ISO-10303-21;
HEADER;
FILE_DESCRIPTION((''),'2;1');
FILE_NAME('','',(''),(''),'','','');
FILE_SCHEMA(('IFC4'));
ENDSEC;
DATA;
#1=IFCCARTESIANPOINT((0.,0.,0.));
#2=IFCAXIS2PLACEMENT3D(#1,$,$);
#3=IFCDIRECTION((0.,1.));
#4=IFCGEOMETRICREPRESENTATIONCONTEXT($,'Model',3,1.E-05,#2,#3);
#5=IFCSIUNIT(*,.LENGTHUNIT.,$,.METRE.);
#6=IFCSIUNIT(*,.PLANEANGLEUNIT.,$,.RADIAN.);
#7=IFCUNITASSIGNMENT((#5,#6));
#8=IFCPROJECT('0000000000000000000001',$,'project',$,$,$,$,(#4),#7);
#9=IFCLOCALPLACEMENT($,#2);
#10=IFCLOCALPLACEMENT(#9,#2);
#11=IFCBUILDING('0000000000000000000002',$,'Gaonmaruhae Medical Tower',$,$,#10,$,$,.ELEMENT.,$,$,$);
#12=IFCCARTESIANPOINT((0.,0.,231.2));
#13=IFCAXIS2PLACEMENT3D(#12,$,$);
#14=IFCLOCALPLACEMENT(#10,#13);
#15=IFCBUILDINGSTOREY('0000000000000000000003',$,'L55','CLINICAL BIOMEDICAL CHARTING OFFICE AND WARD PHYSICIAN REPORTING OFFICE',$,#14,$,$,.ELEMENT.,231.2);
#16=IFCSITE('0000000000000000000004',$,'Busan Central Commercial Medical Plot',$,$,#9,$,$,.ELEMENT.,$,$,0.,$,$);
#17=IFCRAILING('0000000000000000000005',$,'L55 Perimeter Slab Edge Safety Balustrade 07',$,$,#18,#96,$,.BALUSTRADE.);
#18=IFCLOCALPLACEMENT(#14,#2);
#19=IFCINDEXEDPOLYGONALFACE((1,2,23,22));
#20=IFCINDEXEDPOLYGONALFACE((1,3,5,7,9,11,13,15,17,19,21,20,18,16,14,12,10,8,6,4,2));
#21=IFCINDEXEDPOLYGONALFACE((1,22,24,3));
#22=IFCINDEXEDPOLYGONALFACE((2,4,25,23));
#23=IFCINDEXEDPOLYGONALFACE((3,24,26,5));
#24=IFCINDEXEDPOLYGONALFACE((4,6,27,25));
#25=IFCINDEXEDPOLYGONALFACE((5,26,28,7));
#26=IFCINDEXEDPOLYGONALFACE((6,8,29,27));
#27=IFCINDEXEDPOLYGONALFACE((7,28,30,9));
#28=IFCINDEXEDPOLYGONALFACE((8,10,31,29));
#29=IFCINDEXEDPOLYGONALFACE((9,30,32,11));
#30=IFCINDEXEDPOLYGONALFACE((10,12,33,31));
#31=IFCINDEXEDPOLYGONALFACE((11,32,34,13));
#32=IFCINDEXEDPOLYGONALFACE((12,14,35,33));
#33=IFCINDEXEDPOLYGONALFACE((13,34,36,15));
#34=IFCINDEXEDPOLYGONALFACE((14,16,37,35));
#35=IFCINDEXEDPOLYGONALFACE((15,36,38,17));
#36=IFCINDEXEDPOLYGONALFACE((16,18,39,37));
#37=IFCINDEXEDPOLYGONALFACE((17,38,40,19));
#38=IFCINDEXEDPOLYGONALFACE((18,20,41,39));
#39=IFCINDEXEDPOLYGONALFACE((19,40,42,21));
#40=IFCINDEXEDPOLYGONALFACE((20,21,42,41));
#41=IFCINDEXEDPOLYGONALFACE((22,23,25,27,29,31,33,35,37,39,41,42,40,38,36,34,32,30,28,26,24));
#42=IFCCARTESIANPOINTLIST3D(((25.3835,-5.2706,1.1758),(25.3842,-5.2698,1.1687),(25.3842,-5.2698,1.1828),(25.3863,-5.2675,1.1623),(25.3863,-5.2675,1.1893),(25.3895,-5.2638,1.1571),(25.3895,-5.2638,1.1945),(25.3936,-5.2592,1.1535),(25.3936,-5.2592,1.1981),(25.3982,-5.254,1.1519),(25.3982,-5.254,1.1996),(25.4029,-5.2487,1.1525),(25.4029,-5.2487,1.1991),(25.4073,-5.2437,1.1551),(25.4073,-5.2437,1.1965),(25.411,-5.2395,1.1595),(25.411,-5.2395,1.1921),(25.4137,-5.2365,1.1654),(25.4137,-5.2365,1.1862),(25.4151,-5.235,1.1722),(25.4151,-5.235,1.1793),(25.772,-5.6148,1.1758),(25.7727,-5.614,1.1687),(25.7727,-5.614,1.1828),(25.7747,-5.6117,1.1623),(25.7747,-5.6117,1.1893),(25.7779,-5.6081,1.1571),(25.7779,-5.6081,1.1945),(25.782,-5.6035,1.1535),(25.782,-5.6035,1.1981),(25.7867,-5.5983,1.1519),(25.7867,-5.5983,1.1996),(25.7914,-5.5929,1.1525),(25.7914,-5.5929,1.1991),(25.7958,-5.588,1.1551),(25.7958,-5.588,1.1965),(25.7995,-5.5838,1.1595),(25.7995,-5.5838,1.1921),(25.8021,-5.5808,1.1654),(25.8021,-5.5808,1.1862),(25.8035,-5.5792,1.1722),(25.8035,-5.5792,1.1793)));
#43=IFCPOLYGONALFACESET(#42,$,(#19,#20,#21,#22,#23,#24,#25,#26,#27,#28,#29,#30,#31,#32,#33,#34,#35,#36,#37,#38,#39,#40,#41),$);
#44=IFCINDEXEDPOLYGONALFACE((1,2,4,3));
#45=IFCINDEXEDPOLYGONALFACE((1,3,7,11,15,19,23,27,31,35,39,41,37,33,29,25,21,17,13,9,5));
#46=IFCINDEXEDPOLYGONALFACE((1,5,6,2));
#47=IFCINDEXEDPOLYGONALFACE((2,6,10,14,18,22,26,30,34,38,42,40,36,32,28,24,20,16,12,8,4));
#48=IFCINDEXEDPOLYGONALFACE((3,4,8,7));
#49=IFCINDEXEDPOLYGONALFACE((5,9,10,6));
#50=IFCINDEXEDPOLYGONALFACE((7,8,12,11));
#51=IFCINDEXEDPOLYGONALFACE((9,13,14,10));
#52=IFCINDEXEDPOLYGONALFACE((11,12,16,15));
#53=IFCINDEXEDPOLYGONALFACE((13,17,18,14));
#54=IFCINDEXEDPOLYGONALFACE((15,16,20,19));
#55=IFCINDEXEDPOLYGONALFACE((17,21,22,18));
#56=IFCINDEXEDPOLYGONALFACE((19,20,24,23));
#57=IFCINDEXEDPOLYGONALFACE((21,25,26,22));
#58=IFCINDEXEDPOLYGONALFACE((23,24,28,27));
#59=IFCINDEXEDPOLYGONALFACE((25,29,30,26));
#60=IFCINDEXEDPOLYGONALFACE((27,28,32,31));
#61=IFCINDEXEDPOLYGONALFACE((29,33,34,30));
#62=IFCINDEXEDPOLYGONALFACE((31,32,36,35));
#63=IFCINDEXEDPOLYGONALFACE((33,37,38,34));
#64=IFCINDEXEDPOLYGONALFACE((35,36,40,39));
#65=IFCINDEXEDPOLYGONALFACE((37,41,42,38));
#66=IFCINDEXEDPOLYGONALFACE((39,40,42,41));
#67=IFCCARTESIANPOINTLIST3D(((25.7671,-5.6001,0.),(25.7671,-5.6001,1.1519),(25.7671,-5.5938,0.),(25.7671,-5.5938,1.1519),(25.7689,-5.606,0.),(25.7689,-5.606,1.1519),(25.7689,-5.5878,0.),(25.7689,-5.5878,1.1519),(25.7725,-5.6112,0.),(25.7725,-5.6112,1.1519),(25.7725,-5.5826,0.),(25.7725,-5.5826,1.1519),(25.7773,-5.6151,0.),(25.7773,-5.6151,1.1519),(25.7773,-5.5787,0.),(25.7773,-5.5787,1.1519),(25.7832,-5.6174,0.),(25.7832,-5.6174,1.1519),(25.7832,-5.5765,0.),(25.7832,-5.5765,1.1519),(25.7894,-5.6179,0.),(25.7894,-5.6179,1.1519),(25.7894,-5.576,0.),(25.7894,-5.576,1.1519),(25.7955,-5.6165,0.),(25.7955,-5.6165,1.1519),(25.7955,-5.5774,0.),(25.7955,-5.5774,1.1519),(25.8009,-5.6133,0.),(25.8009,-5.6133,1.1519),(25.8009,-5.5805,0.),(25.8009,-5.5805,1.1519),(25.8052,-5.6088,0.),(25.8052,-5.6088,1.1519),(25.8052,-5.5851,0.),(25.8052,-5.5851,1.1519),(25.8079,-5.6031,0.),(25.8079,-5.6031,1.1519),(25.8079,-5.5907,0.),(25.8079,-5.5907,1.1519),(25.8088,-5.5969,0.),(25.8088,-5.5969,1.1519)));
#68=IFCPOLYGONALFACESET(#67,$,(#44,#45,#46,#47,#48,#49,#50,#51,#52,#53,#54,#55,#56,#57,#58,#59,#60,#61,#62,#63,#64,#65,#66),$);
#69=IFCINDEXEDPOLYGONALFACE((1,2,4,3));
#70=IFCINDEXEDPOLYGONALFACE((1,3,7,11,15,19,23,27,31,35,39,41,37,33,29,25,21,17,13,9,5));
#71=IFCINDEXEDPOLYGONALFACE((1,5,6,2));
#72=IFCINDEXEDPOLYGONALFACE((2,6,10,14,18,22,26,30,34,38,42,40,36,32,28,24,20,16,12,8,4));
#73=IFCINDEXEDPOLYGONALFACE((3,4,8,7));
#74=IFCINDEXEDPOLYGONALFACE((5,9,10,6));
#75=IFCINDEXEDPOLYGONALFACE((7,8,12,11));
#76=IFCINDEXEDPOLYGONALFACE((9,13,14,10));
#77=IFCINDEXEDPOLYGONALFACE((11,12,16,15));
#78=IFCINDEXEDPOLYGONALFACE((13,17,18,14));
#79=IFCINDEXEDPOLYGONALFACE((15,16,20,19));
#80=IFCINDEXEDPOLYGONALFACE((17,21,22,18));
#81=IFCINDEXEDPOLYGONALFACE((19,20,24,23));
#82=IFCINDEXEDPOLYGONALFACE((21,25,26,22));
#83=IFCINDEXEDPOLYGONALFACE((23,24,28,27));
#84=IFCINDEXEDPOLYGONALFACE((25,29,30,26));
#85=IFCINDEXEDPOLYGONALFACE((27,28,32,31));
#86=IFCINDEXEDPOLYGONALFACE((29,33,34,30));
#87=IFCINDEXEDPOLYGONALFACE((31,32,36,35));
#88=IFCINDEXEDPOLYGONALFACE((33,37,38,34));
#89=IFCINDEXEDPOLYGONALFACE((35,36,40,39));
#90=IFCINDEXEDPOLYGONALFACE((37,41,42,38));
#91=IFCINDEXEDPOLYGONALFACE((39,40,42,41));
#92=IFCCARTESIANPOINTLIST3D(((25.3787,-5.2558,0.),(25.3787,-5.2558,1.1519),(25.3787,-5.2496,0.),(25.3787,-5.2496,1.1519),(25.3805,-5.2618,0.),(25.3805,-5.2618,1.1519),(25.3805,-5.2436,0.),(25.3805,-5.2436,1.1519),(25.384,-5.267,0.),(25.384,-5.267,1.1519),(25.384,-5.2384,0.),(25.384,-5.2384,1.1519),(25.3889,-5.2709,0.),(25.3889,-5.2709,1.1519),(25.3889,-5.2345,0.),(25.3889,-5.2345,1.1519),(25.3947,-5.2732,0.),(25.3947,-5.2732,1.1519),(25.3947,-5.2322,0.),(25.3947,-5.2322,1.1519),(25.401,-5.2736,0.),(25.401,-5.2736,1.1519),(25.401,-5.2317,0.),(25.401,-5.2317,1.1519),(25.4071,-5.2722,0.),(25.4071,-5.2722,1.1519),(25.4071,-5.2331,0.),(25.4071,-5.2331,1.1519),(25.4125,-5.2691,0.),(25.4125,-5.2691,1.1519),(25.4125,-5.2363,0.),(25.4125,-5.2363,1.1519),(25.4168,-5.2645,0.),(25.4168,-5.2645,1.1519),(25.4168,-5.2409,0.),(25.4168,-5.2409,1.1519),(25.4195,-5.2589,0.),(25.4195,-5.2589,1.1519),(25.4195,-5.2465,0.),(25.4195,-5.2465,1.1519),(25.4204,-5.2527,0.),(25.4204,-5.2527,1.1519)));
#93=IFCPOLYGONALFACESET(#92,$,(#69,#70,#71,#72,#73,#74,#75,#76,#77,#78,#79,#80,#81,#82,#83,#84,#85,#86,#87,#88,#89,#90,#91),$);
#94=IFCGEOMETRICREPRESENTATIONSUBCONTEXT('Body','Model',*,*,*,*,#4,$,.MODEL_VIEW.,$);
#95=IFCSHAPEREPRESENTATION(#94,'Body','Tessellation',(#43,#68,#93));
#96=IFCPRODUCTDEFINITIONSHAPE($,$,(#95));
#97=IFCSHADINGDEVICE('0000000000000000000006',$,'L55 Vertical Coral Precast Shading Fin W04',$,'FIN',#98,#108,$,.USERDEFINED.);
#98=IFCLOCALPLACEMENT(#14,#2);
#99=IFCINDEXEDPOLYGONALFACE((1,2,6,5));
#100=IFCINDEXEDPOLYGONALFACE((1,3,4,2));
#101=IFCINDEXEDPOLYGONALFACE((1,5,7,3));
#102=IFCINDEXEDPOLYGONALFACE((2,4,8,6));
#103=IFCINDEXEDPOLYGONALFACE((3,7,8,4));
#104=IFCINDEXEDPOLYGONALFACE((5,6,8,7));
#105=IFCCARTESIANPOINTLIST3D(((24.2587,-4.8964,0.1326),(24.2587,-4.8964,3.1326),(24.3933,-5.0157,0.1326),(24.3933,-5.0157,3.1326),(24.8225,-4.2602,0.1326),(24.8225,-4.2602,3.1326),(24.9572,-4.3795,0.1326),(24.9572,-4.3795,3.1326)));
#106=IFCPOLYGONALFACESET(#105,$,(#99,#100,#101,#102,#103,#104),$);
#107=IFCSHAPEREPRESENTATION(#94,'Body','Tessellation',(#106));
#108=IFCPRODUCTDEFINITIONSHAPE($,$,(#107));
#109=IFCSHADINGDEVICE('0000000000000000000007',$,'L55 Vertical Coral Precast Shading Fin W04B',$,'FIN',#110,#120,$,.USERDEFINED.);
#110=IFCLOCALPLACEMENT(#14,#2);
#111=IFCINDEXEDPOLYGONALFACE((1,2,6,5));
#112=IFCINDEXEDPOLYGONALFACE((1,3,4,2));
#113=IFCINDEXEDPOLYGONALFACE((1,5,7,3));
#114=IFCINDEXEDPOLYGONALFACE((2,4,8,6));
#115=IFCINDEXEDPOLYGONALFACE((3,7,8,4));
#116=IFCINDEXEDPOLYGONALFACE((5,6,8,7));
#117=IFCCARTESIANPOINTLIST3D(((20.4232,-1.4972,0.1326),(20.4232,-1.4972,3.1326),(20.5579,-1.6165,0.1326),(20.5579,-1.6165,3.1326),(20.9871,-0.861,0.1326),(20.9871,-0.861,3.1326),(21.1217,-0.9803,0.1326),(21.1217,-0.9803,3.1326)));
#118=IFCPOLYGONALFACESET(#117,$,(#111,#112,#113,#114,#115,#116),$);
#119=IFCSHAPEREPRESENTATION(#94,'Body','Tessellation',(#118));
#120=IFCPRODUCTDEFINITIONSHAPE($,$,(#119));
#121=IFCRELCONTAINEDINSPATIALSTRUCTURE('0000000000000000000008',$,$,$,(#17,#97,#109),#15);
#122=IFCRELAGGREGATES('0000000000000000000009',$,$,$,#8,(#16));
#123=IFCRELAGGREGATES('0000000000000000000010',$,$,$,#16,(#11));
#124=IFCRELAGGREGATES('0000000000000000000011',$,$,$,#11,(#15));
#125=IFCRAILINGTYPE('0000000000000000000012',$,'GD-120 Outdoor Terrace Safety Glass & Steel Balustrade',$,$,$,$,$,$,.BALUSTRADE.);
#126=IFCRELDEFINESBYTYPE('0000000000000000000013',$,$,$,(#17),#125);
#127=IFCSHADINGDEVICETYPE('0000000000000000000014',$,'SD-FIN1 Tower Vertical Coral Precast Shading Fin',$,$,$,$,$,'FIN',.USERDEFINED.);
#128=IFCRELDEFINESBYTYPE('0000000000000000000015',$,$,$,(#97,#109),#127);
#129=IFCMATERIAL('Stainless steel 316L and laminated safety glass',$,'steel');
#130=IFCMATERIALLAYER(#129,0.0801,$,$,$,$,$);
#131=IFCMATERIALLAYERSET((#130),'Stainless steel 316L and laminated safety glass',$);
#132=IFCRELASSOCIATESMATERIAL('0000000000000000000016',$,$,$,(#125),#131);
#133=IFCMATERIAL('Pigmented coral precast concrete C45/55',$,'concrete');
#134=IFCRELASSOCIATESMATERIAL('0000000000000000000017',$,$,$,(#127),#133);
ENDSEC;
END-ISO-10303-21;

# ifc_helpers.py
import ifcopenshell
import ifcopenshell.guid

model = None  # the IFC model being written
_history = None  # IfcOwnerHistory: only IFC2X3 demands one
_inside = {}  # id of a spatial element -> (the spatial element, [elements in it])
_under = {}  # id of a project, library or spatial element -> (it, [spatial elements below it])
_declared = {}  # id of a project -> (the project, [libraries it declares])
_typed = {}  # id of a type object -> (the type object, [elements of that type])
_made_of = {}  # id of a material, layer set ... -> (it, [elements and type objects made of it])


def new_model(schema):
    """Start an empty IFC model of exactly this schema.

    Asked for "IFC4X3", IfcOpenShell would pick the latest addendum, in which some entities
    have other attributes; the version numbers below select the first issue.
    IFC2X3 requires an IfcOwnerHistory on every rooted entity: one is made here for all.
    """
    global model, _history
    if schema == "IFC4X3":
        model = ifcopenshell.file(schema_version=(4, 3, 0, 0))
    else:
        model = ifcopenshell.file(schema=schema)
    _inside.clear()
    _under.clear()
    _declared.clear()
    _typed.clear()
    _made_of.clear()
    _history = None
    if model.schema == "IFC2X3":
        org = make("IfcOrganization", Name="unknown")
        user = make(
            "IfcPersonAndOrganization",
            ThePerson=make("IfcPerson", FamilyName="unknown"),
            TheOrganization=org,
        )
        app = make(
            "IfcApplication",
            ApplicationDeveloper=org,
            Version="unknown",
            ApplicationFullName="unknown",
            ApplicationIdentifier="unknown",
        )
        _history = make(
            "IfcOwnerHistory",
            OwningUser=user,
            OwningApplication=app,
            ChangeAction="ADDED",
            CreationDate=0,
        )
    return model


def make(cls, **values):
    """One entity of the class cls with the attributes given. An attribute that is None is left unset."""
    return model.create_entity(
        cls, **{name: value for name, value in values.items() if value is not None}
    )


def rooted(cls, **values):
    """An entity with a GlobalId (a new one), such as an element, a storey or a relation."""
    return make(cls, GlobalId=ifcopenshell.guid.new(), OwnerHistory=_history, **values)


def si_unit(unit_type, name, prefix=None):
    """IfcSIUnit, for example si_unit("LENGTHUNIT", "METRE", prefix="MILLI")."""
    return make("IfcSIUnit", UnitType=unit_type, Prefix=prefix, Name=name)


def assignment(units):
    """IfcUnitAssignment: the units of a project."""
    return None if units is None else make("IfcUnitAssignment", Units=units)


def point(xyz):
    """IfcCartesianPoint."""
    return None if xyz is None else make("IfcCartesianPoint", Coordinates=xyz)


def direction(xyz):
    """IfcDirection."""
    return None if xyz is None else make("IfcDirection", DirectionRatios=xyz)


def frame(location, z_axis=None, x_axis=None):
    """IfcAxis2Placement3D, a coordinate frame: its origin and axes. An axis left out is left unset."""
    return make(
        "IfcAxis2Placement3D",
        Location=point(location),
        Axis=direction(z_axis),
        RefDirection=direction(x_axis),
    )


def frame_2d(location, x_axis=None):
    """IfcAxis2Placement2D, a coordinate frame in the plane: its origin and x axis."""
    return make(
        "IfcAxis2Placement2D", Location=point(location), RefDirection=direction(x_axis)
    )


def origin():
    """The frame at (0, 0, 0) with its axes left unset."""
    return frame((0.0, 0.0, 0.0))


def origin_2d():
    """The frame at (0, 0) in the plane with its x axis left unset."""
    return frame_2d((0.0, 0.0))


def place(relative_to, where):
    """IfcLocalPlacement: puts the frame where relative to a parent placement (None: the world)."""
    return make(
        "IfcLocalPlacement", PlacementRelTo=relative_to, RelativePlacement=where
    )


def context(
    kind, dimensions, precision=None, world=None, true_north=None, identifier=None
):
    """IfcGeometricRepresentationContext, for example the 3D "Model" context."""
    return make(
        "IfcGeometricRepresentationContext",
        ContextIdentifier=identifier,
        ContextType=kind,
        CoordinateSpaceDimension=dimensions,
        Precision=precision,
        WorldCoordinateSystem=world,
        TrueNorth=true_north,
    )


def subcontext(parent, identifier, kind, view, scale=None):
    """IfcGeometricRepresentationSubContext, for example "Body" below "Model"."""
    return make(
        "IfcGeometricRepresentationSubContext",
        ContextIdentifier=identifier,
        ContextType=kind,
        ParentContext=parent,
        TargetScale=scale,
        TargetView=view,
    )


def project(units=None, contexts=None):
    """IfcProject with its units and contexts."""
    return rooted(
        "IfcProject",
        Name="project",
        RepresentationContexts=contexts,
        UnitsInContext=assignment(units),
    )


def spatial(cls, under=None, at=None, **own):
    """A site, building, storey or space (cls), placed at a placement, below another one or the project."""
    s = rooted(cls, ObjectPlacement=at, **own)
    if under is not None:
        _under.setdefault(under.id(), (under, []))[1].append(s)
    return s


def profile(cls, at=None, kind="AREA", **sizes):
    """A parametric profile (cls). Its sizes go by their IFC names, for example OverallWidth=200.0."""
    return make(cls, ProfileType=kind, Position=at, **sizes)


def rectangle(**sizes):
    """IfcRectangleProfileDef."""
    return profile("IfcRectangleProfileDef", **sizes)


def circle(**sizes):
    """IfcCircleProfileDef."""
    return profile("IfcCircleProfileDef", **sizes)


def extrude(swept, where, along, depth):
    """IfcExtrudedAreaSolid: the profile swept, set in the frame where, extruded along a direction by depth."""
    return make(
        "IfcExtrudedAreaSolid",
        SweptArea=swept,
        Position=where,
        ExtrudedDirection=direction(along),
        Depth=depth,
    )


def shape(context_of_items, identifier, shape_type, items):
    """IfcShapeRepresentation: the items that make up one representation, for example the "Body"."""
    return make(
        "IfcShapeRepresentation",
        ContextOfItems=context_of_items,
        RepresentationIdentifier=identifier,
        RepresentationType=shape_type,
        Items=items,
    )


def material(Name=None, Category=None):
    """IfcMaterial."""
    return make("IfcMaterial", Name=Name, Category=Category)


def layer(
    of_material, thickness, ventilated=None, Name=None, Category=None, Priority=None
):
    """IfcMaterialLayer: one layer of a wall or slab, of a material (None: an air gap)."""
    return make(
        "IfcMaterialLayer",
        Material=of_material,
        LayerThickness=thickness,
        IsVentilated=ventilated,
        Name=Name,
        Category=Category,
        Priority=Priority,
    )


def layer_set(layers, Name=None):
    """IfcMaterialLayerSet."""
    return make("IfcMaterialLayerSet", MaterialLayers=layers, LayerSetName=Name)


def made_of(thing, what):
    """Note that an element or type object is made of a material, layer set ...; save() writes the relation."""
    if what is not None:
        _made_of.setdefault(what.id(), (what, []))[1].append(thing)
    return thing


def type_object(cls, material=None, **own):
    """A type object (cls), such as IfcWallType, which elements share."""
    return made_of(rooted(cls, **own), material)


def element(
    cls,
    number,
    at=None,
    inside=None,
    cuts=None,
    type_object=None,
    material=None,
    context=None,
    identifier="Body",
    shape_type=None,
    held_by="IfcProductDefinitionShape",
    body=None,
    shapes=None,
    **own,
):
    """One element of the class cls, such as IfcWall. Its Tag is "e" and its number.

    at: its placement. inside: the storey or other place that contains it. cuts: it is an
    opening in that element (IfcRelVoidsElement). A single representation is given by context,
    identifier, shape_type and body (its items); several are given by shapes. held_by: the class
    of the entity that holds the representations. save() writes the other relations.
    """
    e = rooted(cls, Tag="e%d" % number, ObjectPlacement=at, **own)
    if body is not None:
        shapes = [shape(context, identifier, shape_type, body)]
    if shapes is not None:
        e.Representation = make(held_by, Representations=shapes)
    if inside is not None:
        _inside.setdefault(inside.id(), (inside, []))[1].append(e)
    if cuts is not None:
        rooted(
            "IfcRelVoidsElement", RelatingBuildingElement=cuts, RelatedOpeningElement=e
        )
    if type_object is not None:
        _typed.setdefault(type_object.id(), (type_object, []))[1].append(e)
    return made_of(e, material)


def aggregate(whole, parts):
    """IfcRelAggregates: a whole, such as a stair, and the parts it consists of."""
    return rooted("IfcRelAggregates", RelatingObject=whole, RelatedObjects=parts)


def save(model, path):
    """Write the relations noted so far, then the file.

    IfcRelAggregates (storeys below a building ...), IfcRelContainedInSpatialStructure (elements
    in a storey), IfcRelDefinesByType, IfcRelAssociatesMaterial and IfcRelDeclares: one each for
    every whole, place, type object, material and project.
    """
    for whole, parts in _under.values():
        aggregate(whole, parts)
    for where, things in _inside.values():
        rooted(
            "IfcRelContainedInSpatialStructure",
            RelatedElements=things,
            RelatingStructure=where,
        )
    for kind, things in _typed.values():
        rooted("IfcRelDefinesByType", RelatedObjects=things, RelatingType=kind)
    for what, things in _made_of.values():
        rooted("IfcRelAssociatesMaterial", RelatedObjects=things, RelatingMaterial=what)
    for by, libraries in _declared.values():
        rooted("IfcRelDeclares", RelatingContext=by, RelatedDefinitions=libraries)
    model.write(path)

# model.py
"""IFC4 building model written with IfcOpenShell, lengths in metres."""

from ifc_helpers import new_model, si_unit, direction, frame, origin, origin_2d, place, context, subcontext, project, spatial, rectangle, circle, extrude, material, layer, layer_set, type_object, element, save


model = new_model("IFC4")

# Units and contexts
model_context = context("Model", 3, precision=1e-05, world=origin(), true_north=direction((0.0, 1.0)))
body_context = subcontext(model_context, "Body", "Model", "MODEL_VIEW")
ifc_project = project(units=[si_unit("LENGTHUNIT", "METRE"), si_unit("PLANEANGLEUNIT", "RADIAN")], contexts=[model_context])

# Site, building, storey
site_placement = place(None, origin())
site = spatial("IfcSite", under=ifc_project, at=site_placement, Name="Busan Central Commercial Medical Plot", CompositionType="ELEMENT", RefElevation=0.0)
building_placement = place(site_placement, origin())
building = spatial("IfcBuilding", under=site, at=building_placement, Name="Gaonmaruhae Medical Tower", CompositionType="ELEMENT")
storey_placement = place(building_placement, frame((0.0, 0.0, 231.2)))
storey = spatial("IfcBuildingStorey", under=building, at=storey_placement, Name="L55", Description="CLINICAL BIOMEDICAL CHARTING OFFICE AND WARD PHYSICIAN REPORTING OFFICE", CompositionType="ELEMENT", Elevation=231.2)

# Railing
ifc_material_1 = material(Name="Stainless steel 316L and laminated safety glass", Category="steel")
ifc_layer_1 = layer(ifc_material_1, 0.0801)
ifc_layer_set_1 = layer_set([ifc_layer_1], Name="Stainless steel 316L and laminated safety glass")
railing_type = type_object("IfcRailingType", Name="GD-120 Outdoor Terrace Safety Glass & Steel Balustrade", PredefinedType="BALUSTRADE", material=ifc_layer_set_1)
railing_placement = place(storey_placement, frame((25.7878, -5.5969, 0.0)))
element("IfcRailing", 1, at=railing_placement, inside=storey, type_object=railing_type, Name="L55 Perimeter Slab Edge Safety Balustrade 07", PredefinedType="BALUSTRADE", context=body_context, shape_type="SweptSolid", body=[
    extrude(circle(Radius=0.0239, at=origin_2d()), frame((0.0, 0.0, 1.1758), z_axis=(-0.748395, 0.663254, 0.0), x_axis=(-0.663254, -0.748395, 0.0)), (0.0, 0.0, 1.0), 0.519),
    extrude(circle(Radius=0.021, at=origin_2d()), origin(), (0.0, 0.0, 1.0), 1.1519),
    extrude(circle(Radius=0.021, at=origin_2d()), frame((-0.3884, 0.3442, 0.0)), (0.0, 0.0, 1.0), 1.1519),
])

# Shading devices
ifc_material_2 = material(Name="Pigmented coral precast concrete C45/55", Category="concrete")
shading_device_type = type_object("IfcShadingDeviceType", Name="SD-FIN1 Tower Vertical Coral Precast Shading Fin", ElementType="FIN", PredefinedType="USERDEFINED", material=ifc_material_2)
for number, where, z_axis, x_axis, name in (
    (2, (24.6079, -4.6379, 0.1326), (0.0, 0.0, 1.0), (-0.748377, 0.663273, 0.0), "L55 Vertical Coral Precast Shading Fin W04"),
    (3, (20.7725, -1.2388, 0.1326), (0.0, 0.0, 1.0), (-0.748377, 0.663273, 0.0), "L55 Vertical Coral Precast Shading Fin W04B"),
):
    element("IfcShadingDevice", number, at=place(storey_placement, frame(where, z_axis=z_axis, x_axis=x_axis)), inside=storey, type_object=shading_device_type, Name=name, ObjectType="FIN", PredefinedType="USERDEFINED", context=body_context, shape_type="SweptSolid", body=[
        extrude(rectangle(XDim=0.1799, YDim=0.8501, at=origin_2d()), origin(), (0.0, 0.0, 1.0), 3.0),
    ])

save(model, "model.ifc")
